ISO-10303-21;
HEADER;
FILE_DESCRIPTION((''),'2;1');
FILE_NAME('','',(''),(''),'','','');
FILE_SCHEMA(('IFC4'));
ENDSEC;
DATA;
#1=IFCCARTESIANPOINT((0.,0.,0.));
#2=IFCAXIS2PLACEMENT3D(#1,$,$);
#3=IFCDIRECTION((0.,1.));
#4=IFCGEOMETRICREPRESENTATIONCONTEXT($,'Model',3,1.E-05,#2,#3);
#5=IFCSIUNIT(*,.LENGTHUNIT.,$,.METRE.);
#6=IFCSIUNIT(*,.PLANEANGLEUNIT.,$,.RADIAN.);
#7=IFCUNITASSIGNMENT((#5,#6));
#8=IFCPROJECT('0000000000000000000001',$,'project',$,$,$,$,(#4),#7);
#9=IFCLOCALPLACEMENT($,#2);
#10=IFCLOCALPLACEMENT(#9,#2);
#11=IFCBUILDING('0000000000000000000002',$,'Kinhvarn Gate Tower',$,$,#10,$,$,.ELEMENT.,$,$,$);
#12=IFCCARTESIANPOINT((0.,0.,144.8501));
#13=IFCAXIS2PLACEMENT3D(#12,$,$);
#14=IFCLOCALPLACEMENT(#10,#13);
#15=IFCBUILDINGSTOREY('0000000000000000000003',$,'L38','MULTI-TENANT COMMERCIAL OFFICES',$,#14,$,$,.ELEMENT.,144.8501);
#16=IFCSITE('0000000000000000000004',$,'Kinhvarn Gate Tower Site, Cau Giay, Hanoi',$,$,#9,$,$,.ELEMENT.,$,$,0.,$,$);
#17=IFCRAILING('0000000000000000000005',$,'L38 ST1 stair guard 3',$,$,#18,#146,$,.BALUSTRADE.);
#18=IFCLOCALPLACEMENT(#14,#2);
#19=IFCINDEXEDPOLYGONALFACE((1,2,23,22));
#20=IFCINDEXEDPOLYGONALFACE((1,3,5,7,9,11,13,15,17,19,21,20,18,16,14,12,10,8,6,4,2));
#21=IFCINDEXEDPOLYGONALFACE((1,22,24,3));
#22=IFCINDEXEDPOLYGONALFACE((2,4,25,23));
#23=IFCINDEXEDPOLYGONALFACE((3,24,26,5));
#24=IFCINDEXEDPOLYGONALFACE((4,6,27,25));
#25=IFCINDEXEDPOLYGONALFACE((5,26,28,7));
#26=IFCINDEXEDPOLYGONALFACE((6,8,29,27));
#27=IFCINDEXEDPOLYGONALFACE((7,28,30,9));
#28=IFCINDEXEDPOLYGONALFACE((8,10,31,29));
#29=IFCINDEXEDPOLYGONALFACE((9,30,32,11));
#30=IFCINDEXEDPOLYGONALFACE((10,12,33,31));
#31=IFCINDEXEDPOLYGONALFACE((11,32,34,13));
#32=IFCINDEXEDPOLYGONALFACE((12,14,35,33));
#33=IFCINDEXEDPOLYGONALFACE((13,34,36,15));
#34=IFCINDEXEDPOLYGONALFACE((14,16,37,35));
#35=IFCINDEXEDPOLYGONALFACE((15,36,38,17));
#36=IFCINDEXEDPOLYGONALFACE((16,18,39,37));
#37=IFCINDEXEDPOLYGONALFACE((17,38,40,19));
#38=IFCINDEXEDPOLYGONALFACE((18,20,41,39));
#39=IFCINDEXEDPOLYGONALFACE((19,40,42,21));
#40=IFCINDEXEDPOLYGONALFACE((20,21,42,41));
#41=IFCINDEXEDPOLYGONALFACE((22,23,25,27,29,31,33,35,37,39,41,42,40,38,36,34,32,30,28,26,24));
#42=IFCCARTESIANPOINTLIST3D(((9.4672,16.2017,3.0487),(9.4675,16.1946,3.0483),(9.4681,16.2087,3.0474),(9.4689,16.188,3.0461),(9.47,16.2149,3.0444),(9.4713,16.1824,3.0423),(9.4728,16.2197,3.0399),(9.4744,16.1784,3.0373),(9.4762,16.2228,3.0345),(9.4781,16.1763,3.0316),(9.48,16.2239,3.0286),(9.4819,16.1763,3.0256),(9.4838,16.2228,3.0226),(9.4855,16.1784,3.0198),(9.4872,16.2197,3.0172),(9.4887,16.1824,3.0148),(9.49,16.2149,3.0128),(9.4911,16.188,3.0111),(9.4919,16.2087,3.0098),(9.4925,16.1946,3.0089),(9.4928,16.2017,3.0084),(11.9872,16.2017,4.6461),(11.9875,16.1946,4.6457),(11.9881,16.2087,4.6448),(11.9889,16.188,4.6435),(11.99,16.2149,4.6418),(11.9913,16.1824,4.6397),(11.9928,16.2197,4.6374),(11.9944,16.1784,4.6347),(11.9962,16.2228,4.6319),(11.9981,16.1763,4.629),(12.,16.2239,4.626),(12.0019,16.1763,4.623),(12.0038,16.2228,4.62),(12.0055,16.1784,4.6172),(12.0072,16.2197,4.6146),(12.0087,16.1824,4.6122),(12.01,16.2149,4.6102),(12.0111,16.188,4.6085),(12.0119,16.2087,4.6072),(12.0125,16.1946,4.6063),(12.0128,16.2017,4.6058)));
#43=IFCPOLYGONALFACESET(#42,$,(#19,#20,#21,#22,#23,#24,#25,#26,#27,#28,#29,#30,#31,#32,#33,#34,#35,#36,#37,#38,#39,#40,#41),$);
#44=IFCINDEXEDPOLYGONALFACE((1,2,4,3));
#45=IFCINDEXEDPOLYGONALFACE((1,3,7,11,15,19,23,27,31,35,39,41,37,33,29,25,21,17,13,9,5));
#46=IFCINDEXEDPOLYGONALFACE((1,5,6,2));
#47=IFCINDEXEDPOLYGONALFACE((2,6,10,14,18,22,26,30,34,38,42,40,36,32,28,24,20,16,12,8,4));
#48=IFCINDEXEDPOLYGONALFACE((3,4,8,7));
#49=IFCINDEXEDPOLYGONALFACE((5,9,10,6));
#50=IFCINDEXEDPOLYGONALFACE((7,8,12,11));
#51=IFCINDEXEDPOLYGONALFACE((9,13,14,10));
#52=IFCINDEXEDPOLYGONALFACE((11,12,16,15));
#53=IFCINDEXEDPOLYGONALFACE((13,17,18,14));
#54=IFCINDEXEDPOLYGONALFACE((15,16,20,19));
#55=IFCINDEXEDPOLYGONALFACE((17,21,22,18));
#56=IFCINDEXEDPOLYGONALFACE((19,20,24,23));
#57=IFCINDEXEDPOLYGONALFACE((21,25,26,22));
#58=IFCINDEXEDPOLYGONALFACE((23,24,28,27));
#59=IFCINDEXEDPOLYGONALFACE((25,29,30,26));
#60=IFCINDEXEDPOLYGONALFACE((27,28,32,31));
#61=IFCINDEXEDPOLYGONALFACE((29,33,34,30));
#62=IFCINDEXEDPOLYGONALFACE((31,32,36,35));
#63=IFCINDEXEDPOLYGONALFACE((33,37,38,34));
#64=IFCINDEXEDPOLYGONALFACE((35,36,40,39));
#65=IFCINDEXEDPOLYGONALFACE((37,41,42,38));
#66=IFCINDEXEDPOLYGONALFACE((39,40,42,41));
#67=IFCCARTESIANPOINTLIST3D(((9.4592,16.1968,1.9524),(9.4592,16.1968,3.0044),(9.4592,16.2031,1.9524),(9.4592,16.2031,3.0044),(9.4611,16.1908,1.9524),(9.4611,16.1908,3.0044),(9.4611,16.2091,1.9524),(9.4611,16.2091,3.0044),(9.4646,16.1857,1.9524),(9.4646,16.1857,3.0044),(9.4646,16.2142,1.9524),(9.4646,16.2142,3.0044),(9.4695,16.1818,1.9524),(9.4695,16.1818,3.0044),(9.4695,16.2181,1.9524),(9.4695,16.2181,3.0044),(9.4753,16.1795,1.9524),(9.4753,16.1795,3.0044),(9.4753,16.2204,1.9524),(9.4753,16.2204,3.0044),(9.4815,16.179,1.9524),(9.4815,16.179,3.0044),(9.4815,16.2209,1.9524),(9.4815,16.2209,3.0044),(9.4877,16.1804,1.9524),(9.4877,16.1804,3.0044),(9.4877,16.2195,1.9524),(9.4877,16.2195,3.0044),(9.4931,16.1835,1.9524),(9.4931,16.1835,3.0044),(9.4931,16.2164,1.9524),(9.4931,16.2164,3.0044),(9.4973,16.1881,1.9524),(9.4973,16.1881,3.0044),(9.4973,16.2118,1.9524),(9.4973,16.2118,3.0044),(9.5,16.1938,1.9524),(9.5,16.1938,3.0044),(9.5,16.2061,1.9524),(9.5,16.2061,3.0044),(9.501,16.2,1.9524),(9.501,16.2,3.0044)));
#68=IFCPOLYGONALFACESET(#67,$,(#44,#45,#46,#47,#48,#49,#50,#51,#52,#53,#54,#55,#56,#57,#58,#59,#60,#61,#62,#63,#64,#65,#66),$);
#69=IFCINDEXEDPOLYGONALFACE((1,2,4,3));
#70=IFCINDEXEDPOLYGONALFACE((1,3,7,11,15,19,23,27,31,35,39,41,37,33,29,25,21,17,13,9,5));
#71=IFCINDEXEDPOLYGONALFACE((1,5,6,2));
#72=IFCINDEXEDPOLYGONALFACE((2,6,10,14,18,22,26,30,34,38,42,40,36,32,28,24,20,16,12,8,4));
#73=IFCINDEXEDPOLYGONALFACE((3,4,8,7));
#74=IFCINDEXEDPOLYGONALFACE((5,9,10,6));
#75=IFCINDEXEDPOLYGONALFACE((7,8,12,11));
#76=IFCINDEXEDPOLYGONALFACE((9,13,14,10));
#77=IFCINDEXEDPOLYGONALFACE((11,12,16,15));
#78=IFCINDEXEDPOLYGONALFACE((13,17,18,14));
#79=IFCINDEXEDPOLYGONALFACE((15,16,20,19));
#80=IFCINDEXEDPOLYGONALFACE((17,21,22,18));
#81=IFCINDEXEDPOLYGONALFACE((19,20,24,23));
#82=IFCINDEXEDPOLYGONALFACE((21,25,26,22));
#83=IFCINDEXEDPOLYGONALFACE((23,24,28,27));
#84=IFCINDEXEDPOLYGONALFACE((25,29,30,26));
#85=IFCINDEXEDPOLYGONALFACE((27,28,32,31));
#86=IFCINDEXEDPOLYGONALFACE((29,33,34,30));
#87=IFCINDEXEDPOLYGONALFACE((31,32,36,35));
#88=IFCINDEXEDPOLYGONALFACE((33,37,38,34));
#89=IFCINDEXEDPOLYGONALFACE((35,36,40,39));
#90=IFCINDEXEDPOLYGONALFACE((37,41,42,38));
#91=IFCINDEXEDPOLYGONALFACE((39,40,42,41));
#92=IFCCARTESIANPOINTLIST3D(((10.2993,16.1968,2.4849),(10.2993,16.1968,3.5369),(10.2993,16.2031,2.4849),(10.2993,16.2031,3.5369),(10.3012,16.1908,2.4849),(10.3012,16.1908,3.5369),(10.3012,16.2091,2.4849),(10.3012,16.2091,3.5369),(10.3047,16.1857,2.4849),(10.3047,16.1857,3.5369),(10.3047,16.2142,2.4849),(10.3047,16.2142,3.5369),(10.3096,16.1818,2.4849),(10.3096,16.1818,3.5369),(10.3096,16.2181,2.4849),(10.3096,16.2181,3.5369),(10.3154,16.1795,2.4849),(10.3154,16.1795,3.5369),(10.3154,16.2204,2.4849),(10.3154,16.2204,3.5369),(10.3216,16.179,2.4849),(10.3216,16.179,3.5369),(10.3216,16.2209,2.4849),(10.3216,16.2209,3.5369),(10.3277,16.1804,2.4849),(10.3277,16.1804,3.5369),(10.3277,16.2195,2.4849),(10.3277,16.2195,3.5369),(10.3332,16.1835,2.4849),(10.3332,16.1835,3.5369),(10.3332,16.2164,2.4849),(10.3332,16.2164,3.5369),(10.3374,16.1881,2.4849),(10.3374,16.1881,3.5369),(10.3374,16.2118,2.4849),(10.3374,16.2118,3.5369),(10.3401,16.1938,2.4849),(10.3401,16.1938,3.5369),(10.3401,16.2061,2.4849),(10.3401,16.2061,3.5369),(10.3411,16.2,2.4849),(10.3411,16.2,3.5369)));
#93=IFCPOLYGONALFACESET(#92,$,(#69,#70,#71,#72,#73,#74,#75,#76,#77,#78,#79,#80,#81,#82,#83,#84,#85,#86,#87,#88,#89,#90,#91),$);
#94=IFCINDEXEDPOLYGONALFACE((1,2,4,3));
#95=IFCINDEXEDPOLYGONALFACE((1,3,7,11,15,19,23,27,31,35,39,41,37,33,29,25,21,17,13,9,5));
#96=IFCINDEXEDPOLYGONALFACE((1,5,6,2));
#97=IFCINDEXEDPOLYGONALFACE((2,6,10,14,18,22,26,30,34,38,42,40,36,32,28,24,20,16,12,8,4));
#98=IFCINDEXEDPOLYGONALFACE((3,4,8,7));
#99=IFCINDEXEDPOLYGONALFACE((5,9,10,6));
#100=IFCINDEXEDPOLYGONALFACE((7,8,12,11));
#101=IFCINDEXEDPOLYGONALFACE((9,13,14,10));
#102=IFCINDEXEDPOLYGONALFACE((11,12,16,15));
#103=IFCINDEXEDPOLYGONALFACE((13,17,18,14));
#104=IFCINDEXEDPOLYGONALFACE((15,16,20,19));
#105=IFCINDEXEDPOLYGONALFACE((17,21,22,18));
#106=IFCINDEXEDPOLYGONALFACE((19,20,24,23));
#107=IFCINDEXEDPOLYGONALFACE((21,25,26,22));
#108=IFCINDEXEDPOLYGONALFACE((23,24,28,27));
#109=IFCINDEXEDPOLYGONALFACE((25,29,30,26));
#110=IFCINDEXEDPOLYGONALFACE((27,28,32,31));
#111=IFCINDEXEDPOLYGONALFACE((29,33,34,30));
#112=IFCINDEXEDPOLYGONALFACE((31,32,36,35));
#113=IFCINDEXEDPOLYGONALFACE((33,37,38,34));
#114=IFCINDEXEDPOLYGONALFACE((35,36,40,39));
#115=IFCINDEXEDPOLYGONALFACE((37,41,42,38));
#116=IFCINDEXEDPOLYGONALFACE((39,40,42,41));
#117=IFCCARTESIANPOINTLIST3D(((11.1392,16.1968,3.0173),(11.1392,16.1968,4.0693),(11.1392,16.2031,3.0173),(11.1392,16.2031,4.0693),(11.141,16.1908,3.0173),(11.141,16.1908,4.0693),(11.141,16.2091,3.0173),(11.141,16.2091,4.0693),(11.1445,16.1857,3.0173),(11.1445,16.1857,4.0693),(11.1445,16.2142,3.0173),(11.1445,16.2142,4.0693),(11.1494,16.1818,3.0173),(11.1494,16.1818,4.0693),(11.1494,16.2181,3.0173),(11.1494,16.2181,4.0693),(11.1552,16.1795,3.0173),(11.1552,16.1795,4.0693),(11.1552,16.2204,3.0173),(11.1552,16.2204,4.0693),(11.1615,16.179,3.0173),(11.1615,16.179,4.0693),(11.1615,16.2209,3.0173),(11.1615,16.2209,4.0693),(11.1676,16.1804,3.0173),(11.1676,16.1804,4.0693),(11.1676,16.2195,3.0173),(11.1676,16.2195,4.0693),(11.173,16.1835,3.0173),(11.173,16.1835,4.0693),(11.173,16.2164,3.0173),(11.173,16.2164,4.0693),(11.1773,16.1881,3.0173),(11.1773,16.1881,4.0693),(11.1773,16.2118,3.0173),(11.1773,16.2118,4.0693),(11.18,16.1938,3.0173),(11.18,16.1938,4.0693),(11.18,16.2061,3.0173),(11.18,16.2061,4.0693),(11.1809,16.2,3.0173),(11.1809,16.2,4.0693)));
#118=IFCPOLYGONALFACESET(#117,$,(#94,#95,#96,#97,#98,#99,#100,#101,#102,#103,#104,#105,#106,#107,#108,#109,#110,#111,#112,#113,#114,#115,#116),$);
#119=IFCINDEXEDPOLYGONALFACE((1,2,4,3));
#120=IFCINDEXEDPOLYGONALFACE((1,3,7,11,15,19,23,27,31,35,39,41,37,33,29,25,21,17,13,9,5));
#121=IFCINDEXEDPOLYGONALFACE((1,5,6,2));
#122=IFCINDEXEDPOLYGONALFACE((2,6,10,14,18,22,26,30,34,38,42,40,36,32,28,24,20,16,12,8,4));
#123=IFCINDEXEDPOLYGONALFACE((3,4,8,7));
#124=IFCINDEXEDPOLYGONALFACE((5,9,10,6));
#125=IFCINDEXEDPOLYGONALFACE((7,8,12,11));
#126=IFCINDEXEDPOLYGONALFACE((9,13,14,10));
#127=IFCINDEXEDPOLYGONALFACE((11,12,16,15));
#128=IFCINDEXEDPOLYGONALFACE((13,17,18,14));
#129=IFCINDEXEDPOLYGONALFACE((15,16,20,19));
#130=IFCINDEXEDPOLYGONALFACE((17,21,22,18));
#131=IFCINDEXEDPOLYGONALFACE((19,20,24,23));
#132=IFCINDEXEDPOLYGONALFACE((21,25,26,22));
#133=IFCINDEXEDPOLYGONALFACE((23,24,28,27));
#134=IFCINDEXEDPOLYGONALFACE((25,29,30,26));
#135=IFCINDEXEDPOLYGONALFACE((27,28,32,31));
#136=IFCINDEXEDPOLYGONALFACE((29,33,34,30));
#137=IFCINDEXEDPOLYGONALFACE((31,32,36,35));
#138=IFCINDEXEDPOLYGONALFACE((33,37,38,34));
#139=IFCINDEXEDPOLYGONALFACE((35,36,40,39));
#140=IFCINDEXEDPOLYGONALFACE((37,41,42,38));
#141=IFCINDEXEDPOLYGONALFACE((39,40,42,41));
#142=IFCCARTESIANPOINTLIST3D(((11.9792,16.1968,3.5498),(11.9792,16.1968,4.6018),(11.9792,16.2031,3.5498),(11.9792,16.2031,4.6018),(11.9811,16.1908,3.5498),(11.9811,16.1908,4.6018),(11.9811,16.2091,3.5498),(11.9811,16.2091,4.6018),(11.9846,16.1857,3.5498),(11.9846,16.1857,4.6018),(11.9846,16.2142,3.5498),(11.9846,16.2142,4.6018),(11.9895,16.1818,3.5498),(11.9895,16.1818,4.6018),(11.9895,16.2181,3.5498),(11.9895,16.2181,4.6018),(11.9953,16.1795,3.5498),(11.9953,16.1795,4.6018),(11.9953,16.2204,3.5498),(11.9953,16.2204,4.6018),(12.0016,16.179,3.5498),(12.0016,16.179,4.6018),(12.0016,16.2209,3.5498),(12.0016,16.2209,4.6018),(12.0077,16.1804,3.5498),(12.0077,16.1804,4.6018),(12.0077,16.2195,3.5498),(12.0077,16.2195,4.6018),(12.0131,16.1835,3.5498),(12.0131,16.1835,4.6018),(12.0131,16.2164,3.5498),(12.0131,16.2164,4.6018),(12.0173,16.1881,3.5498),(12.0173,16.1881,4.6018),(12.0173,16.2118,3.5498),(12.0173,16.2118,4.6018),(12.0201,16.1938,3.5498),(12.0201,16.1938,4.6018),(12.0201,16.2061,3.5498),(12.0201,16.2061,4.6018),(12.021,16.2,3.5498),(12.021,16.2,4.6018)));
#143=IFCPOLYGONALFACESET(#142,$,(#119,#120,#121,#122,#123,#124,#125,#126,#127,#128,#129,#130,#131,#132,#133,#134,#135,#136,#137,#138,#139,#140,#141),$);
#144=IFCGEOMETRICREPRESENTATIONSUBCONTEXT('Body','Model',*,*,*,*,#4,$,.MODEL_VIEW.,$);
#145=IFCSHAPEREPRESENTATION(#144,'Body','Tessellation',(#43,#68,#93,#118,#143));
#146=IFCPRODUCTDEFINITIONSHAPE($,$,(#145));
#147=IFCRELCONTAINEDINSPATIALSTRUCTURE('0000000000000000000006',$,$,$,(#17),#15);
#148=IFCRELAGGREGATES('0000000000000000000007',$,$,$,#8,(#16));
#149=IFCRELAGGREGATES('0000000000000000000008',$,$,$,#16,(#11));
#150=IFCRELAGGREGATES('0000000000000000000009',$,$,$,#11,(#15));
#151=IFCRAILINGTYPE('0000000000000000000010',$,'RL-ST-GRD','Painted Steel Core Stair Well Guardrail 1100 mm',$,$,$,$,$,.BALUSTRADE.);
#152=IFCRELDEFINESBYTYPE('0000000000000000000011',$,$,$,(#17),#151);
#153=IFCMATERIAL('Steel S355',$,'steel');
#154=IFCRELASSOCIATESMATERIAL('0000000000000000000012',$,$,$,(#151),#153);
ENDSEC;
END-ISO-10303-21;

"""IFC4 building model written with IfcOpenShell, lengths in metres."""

from ifc_helpers import new_model, si_unit, direction, frame, origin, origin_2d, place, context, subcontext, project, spatial, circle, extrude, material, type_object, element, save


model = new_model("IFC4")

# Units and contexts
model_context = context("Model", 3, precision=1e-05, world=origin(), true_north=direction((0.0, 1.0)))
body_context = subcontext(model_context, "Body", "Model", "MODEL_VIEW")
ifc_project = project(units=[si_unit("LENGTHUNIT", "METRE"), si_unit("PLANEANGLEUNIT", "RADIAN")], contexts=[model_context])

# Site, building, storey
site_placement = place(None, origin())
site = spatial("IfcSite", under=ifc_project, at=site_placement, Name="Kinhvarn Gate Tower Site, Cau Giay, Hanoi", CompositionType="ELEMENT", RefElevation=0.0)
building_placement = place(site_placement, origin())
building = spatial("IfcBuilding", under=site, at=building_placement, Name="Kinhvarn Gate Tower", CompositionType="ELEMENT")
storey_placement = place(building_placement, frame((0.0, 0.0, 144.8501)))
storey = spatial("IfcBuildingStorey", under=building, at=storey_placement, Name="L38", Description="MULTI-TENANT COMMERCIAL OFFICES", CompositionType="ELEMENT", Elevation=144.8501)

# Shared definitions
ifc_material_1 = material(Name="Steel S355", Category="steel")

# Railing
railing_type_1 = type_object("IfcRailingType", Name="RL-ST-GRD", Description="Painted Steel Core Stair Well Guardrail 1100 mm", PredefinedType="BALUSTRADE", material=ifc_material_1)
railing_1_placement = place(storey_placement, frame((9.48, 16.2, 1.9524)))
element("IfcRailing", 1, at=railing_1_placement, inside=storey, type_object=railing_type_1, Name="L38 ST1 stair guard 3", PredefinedType="BALUSTRADE", context=body_context, shape_type="SweptSolid", body=[
    extrude(circle(Radius=0.0239, at=origin_2d()), frame((0.0, 0.0, 1.0762), z_axis=(0.844607, 0.0, 0.535387), x_axis=(0.0, 1.0, 0.0)), (0.0, 0.0, 1.0), 2.9836),
    extrude(circle(Radius=0.021, at=origin_2d()), origin(), (0.0, 0.0, 1.0), 1.052),
    extrude(circle(Radius=0.021, at=origin_2d()), frame((0.8401, 0.0, 0.5325)), (0.0, 0.0, 1.0), 1.052),
    extrude(circle(Radius=0.021, at=origin_2d()), frame((1.6799, 0.0, 1.0649)), (0.0, 0.0, 1.0), 1.052),
    extrude(circle(Radius=0.021, at=origin_2d()), frame((2.52, 0.0, 1.5974)), (0.0, 0.0, 1.0), 1.052),
])

save(model, "model.ifc")
